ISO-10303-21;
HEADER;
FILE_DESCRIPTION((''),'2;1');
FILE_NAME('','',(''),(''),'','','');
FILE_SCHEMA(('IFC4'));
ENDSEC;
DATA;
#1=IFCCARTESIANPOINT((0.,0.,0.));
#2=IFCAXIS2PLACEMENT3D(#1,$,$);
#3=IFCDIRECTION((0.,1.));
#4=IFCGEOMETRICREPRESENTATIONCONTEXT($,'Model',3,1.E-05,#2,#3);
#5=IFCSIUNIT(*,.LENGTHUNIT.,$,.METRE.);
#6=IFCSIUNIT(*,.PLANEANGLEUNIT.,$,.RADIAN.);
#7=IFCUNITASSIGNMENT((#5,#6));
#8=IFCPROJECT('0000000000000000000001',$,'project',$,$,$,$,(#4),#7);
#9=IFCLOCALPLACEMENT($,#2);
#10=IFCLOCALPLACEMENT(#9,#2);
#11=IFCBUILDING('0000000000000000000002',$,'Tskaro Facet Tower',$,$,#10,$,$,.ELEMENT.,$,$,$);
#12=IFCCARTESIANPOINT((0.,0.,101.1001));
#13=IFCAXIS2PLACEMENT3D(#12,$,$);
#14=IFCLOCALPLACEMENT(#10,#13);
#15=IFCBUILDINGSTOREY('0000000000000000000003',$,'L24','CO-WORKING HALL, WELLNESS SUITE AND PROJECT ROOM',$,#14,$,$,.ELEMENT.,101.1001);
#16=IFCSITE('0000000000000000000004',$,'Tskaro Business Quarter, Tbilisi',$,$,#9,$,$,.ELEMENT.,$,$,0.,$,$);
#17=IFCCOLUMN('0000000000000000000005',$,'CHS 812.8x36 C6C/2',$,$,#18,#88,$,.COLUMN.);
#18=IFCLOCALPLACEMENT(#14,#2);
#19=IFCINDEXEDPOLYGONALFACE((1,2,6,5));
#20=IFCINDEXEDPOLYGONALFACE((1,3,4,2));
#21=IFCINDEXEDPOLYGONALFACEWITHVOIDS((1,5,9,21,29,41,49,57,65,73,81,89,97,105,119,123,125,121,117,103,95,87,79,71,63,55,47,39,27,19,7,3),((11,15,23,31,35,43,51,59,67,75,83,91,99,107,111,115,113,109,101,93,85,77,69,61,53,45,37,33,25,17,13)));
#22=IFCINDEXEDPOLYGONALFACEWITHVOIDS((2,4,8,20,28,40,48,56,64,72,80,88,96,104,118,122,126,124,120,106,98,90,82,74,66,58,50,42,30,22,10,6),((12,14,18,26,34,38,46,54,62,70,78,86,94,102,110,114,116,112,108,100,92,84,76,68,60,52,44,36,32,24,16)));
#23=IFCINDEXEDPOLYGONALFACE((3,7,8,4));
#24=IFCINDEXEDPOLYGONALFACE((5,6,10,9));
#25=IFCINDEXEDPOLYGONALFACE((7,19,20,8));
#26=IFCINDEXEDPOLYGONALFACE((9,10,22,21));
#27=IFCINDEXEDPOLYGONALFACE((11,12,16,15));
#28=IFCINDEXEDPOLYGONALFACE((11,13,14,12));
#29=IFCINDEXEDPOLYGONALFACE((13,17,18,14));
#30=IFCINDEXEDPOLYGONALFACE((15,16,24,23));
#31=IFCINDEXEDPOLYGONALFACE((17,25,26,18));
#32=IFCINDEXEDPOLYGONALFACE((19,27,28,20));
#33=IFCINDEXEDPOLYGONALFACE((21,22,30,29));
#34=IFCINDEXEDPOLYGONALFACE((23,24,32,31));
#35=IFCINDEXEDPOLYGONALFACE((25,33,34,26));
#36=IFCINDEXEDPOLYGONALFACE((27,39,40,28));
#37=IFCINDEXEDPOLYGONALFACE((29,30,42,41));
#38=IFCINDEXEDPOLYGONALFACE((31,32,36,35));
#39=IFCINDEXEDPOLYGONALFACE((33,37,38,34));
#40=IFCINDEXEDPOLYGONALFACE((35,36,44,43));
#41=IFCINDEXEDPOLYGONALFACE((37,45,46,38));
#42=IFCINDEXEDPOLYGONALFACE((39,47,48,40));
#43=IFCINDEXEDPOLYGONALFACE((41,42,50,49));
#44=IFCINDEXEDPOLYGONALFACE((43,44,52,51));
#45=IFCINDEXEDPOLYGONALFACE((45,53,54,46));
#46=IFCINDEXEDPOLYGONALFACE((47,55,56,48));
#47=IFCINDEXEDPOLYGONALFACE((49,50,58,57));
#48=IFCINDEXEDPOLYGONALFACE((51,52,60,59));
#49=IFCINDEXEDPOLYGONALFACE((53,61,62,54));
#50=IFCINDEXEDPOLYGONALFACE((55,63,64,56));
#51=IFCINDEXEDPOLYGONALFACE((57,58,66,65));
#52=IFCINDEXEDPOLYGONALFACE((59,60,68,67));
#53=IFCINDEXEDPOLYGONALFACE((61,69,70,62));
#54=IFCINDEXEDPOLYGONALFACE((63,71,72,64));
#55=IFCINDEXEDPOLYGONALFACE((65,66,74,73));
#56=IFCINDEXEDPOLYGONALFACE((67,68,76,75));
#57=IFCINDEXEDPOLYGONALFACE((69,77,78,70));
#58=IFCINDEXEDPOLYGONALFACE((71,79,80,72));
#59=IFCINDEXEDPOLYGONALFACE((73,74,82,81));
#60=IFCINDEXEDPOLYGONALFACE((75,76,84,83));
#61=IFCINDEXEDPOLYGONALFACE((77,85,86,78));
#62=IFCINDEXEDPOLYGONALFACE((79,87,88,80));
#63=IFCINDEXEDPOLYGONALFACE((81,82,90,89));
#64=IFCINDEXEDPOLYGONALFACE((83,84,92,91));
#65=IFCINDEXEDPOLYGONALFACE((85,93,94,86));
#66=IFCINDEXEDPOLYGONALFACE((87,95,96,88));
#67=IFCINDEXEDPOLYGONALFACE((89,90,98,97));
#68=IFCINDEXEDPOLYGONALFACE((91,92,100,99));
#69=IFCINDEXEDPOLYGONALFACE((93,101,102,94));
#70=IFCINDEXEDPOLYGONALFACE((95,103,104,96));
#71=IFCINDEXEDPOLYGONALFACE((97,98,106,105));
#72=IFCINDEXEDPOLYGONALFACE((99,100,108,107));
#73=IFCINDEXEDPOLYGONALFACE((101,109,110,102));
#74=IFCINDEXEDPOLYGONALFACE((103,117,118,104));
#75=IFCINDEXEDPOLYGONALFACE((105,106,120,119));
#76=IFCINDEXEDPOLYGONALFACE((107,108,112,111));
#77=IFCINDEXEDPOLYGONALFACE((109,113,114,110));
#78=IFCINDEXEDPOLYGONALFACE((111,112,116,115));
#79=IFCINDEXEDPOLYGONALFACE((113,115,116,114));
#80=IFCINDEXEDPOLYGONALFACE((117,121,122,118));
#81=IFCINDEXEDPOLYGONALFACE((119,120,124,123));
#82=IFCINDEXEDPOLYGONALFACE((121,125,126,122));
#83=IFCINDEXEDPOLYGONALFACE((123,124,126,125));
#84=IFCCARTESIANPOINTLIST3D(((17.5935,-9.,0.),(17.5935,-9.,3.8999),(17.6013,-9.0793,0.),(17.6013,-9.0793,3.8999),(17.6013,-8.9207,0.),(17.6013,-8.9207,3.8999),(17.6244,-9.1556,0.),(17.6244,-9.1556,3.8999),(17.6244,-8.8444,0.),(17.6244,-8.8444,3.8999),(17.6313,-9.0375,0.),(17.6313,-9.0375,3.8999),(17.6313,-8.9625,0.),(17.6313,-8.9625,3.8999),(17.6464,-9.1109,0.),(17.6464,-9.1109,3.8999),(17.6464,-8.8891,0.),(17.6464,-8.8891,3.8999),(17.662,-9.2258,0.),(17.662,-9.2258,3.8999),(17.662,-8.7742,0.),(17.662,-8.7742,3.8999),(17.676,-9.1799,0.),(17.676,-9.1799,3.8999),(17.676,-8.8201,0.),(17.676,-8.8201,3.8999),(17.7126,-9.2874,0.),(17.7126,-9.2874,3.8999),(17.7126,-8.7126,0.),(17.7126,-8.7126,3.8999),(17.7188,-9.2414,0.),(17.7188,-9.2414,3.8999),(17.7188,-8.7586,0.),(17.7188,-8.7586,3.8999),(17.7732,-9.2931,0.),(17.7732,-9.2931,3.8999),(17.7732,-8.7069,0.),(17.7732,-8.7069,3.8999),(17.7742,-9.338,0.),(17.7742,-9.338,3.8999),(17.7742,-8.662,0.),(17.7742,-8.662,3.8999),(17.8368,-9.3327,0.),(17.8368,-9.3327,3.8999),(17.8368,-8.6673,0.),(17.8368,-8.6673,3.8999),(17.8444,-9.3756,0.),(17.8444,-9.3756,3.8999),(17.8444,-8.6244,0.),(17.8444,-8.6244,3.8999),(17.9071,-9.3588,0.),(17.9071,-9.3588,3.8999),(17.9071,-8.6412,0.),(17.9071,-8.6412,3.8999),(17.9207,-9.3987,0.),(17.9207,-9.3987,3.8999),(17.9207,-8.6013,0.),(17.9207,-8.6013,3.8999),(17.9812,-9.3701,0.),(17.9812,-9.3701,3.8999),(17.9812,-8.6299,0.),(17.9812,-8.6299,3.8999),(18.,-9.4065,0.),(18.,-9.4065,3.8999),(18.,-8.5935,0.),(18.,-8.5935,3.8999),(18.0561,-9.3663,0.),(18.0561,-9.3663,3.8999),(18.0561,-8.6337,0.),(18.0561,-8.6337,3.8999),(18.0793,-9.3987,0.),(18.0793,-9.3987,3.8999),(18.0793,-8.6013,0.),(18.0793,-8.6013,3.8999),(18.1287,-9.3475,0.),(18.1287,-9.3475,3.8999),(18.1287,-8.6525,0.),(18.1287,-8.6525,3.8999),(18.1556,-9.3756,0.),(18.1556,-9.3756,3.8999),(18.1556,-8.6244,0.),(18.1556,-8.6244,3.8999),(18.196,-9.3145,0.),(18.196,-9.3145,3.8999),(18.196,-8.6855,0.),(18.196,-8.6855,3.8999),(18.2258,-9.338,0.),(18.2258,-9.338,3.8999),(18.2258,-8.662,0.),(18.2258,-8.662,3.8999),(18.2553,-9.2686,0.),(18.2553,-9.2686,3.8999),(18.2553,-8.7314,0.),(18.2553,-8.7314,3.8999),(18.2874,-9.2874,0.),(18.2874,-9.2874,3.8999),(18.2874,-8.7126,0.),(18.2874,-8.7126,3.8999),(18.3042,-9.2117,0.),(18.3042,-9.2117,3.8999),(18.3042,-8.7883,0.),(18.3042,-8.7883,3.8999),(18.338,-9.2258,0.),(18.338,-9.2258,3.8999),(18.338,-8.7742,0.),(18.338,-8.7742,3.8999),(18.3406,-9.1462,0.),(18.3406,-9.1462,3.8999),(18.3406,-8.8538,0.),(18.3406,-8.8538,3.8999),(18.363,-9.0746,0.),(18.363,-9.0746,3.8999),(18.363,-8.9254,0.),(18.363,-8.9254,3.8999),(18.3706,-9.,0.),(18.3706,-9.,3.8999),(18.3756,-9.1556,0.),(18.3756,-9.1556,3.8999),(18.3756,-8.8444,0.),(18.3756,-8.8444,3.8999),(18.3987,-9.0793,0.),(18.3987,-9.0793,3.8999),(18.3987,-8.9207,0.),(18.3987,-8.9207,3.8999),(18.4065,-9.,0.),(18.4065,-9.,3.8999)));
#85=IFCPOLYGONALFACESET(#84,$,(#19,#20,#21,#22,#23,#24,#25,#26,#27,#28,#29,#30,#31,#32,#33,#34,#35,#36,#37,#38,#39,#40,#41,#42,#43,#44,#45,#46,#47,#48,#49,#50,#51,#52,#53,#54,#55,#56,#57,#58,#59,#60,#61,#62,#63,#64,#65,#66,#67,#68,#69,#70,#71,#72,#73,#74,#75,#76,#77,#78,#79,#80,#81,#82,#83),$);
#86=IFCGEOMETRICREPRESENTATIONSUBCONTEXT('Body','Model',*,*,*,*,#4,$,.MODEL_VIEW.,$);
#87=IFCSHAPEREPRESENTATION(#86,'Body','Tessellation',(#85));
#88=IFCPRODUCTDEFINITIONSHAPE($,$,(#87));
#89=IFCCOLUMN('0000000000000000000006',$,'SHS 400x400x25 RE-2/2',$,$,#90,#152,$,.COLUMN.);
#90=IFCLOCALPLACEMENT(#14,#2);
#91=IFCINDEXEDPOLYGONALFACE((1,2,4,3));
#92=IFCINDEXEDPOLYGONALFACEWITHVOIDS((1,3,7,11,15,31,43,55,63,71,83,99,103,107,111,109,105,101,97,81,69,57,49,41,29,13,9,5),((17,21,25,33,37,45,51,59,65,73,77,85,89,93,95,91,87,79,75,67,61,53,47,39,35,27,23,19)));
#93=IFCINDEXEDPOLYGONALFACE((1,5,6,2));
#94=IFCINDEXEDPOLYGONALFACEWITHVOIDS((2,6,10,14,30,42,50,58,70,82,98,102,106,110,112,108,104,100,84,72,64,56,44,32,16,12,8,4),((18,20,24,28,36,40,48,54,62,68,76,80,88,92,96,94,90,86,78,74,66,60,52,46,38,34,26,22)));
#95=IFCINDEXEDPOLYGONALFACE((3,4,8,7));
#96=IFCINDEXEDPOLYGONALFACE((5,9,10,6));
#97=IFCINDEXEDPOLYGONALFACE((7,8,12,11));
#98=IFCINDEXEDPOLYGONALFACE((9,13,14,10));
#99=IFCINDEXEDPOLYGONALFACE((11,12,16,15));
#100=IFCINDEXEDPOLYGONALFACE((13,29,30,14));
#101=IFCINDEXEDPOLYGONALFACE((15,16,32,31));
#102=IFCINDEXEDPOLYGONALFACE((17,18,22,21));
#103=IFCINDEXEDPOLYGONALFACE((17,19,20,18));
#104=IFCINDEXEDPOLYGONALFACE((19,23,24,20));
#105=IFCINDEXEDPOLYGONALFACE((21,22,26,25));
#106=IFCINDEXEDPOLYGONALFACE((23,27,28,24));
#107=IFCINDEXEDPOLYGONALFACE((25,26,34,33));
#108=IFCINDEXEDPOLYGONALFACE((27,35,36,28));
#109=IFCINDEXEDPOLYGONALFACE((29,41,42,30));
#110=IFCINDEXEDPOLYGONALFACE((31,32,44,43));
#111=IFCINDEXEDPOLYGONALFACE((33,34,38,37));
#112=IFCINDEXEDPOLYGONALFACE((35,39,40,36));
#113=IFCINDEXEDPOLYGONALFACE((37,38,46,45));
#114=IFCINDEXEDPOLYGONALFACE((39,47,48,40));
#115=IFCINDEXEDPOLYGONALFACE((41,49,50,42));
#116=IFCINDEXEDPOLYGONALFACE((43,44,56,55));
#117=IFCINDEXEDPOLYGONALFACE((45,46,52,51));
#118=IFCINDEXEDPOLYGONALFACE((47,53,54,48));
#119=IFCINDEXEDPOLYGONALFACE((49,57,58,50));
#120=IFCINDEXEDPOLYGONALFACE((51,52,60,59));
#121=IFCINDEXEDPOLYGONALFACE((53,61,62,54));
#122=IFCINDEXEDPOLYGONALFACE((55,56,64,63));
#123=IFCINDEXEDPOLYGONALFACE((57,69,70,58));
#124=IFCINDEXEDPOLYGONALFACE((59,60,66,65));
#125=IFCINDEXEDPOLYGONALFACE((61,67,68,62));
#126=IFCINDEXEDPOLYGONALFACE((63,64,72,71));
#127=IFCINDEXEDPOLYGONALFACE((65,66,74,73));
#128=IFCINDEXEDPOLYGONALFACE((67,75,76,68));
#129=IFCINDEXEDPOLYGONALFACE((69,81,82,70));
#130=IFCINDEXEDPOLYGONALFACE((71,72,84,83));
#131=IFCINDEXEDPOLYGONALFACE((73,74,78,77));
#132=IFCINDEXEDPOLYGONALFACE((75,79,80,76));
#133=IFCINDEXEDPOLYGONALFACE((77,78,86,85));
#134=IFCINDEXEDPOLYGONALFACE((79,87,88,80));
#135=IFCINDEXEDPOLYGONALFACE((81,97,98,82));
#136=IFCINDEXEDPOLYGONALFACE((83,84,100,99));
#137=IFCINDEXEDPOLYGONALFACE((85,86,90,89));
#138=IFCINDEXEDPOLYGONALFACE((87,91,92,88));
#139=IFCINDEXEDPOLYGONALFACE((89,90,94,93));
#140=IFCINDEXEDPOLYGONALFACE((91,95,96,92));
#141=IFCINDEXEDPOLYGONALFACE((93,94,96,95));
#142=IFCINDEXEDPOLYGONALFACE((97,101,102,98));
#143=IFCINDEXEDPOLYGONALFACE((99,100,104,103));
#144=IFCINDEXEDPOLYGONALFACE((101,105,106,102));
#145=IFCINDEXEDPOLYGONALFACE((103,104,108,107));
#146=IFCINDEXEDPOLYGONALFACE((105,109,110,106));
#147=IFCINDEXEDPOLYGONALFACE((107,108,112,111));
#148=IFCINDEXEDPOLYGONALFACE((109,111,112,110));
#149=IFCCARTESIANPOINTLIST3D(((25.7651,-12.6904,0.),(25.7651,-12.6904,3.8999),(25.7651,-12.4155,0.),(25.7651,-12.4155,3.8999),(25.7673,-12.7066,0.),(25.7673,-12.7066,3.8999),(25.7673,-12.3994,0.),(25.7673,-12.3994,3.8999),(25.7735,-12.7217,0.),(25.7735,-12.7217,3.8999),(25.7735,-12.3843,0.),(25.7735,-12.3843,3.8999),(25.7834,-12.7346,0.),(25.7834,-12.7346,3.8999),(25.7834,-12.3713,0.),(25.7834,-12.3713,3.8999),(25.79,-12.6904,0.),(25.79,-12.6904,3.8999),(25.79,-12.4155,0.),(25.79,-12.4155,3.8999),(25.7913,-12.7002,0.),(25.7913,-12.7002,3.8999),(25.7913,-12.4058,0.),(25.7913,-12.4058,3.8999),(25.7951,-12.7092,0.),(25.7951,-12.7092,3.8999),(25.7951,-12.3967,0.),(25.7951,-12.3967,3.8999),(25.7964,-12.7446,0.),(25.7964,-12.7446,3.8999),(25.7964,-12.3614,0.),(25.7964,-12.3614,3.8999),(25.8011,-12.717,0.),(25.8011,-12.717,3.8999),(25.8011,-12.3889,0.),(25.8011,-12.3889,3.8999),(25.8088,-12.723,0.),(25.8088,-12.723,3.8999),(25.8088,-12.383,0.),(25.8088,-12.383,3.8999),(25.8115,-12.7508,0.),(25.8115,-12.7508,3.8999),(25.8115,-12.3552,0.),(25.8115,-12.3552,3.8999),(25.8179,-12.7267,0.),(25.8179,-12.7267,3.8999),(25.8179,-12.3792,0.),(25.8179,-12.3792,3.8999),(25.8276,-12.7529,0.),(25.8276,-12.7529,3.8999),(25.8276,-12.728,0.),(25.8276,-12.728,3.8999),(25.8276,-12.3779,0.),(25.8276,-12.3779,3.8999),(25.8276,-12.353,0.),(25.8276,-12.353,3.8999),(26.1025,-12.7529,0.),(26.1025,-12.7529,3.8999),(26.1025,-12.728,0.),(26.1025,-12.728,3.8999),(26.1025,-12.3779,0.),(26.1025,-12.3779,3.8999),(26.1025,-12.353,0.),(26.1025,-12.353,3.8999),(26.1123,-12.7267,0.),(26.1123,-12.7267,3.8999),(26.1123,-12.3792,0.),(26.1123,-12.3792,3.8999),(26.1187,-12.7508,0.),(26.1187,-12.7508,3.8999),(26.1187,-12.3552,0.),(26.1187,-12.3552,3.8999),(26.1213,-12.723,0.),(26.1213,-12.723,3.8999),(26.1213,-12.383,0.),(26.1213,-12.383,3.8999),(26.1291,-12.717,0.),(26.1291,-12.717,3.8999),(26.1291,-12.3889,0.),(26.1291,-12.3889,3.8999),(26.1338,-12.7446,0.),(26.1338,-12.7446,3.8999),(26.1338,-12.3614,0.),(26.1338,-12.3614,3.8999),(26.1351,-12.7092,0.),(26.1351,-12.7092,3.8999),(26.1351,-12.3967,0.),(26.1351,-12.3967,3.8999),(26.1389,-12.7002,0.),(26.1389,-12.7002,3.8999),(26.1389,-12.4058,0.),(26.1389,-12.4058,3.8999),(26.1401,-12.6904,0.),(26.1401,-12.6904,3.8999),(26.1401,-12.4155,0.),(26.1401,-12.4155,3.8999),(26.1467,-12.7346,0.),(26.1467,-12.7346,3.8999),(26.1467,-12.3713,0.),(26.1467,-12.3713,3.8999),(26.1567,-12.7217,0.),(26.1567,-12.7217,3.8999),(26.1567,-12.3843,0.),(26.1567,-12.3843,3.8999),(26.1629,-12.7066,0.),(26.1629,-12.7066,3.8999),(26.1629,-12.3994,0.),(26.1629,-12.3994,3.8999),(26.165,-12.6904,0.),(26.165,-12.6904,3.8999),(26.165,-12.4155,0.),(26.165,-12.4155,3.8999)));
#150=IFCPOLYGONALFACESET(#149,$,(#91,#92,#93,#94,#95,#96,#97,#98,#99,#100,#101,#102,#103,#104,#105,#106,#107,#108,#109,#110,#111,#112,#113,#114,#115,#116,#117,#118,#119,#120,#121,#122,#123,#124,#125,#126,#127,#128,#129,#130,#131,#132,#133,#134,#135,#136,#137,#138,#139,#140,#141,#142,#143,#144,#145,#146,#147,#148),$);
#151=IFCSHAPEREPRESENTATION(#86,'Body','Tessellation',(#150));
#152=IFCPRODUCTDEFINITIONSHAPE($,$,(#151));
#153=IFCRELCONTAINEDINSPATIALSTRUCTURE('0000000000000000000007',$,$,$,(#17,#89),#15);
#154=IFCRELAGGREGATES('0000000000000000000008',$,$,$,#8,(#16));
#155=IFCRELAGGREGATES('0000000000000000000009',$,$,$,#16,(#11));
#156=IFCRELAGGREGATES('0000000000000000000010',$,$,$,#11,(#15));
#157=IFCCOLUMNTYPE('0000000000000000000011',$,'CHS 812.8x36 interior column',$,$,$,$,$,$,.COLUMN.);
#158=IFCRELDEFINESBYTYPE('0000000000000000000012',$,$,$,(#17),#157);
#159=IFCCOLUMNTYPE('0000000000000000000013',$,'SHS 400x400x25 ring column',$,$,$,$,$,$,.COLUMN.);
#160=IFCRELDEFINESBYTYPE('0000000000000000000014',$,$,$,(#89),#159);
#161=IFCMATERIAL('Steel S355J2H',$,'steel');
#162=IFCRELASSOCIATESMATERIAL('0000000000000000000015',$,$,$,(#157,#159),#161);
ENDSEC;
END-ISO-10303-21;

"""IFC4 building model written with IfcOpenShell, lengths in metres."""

from ifc_helpers import new_model, si_unit, direction, frame, origin, origin_2d, place, context, subcontext, project, spatial, hollow_rectangle, hollow_circle, extrude, material, material_profile, profile_set, type_object, element, save


model = new_model("IFC4")

# Units and contexts
model_context = context("Model", 3, precision=1e-05, world=origin(), true_north=direction((0.0, 1.0)))
body_context = subcontext(model_context, "Body", "Model", "MODEL_VIEW")
ifc_project = project(units=[si_unit("LENGTHUNIT", "METRE"), si_unit("PLANEANGLEUNIT", "RADIAN")], contexts=[model_context])

# Site, building, storey
site_placement = place(None, origin())
site = spatial("IfcSite", under=ifc_project, at=site_placement, Name="Tskaro Business Quarter, Tbilisi", CompositionType="ELEMENT", RefElevation=0.0)
building_placement = place(site_placement, origin())
building = spatial("IfcBuilding", under=site, at=building_placement, Name="Tskaro Facet Tower", CompositionType="ELEMENT")
storey_placement = place(building_placement, frame((0.0, 0.0, 101.1001)))
storey = spatial("IfcBuildingStorey", under=building, at=storey_placement, Name="L24", Description="CO-WORKING HALL, WELLNESS SUITE AND PROJECT ROOM", CompositionType="ELEMENT", Elevation=101.1001)

# Columns
ifc_material_1 = material(Name="Steel S355J2H", Category="steel")
ifc_material_profile_1 = material_profile(ifc_material_1, hollow_circle(Radius=0.4065, WallThickness=0.0359, at=origin_2d()), Name="CHS 812.8x36")
ifc_profile_set_1 = profile_set([ifc_material_profile_1], Name="Steel S355J2H")
column_type_1 = type_object("IfcColumnType", Name="CHS 812.8x36 interior column", PredefinedType="COLUMN", material=ifc_profile_set_1)
column_placement = place(storey_placement, frame((18.0, -9.0, 0.0), z_axis=(0.0, 0.0, 1.0), x_axis=(1.0, 0.0, 0.0)))
element("IfcColumn", 1, at=column_placement, inside=storey, type_object=column_type_1, Name="CHS 812.8x36 C6C/2", PredefinedType="COLUMN", context=body_context, shape_type="SweptSolid", body=[
    extrude(hollow_circle(Radius=0.4065, WallThickness=0.0359, at=origin_2d()), origin(), (0.0, 0.0, 1.0), 3.8999),
])
ifc_material_profile_2 = material_profile(ifc_material_1, hollow_rectangle(XDim=0.3999, YDim=0.3999, WallThickness=0.0249, InnerFilletRadius=0.0376, OuterFilletRadius=0.0625, at=origin_2d()), Name="SHS 400x400x25")
ifc_profile_set_2 = profile_set([ifc_material_profile_2], Name="Steel S355J2H")
column_type_2 = type_object("IfcColumnType", Name="SHS 400x400x25 ring column", PredefinedType="COLUMN", material=ifc_profile_set_2)
for number, where, z_axis, x_axis, name in (
    (2, (25.9651, -12.553, 0.0), (0.0, 0.0, 1.0), (1.0, 0.0, 0.0), "SHS 400x400x25 RE-2/2"),
):
    element("IfcColumn", number, at=place(storey_placement, frame(where, z_axis=z_axis, x_axis=x_axis)), inside=storey, type_object=column_type_2, Name=name, PredefinedType="COLUMN", context=body_context, shape_type="SweptSolid", body=[
        extrude(hollow_rectangle(XDim=0.3999, YDim=0.3999, WallThickness=0.0249, InnerFilletRadius=0.0376, OuterFilletRadius=0.0625, at=origin_2d()), origin(), (0.0, 0.0, 1.0), 3.8999),
    ])

save(model, "model.ifc")
